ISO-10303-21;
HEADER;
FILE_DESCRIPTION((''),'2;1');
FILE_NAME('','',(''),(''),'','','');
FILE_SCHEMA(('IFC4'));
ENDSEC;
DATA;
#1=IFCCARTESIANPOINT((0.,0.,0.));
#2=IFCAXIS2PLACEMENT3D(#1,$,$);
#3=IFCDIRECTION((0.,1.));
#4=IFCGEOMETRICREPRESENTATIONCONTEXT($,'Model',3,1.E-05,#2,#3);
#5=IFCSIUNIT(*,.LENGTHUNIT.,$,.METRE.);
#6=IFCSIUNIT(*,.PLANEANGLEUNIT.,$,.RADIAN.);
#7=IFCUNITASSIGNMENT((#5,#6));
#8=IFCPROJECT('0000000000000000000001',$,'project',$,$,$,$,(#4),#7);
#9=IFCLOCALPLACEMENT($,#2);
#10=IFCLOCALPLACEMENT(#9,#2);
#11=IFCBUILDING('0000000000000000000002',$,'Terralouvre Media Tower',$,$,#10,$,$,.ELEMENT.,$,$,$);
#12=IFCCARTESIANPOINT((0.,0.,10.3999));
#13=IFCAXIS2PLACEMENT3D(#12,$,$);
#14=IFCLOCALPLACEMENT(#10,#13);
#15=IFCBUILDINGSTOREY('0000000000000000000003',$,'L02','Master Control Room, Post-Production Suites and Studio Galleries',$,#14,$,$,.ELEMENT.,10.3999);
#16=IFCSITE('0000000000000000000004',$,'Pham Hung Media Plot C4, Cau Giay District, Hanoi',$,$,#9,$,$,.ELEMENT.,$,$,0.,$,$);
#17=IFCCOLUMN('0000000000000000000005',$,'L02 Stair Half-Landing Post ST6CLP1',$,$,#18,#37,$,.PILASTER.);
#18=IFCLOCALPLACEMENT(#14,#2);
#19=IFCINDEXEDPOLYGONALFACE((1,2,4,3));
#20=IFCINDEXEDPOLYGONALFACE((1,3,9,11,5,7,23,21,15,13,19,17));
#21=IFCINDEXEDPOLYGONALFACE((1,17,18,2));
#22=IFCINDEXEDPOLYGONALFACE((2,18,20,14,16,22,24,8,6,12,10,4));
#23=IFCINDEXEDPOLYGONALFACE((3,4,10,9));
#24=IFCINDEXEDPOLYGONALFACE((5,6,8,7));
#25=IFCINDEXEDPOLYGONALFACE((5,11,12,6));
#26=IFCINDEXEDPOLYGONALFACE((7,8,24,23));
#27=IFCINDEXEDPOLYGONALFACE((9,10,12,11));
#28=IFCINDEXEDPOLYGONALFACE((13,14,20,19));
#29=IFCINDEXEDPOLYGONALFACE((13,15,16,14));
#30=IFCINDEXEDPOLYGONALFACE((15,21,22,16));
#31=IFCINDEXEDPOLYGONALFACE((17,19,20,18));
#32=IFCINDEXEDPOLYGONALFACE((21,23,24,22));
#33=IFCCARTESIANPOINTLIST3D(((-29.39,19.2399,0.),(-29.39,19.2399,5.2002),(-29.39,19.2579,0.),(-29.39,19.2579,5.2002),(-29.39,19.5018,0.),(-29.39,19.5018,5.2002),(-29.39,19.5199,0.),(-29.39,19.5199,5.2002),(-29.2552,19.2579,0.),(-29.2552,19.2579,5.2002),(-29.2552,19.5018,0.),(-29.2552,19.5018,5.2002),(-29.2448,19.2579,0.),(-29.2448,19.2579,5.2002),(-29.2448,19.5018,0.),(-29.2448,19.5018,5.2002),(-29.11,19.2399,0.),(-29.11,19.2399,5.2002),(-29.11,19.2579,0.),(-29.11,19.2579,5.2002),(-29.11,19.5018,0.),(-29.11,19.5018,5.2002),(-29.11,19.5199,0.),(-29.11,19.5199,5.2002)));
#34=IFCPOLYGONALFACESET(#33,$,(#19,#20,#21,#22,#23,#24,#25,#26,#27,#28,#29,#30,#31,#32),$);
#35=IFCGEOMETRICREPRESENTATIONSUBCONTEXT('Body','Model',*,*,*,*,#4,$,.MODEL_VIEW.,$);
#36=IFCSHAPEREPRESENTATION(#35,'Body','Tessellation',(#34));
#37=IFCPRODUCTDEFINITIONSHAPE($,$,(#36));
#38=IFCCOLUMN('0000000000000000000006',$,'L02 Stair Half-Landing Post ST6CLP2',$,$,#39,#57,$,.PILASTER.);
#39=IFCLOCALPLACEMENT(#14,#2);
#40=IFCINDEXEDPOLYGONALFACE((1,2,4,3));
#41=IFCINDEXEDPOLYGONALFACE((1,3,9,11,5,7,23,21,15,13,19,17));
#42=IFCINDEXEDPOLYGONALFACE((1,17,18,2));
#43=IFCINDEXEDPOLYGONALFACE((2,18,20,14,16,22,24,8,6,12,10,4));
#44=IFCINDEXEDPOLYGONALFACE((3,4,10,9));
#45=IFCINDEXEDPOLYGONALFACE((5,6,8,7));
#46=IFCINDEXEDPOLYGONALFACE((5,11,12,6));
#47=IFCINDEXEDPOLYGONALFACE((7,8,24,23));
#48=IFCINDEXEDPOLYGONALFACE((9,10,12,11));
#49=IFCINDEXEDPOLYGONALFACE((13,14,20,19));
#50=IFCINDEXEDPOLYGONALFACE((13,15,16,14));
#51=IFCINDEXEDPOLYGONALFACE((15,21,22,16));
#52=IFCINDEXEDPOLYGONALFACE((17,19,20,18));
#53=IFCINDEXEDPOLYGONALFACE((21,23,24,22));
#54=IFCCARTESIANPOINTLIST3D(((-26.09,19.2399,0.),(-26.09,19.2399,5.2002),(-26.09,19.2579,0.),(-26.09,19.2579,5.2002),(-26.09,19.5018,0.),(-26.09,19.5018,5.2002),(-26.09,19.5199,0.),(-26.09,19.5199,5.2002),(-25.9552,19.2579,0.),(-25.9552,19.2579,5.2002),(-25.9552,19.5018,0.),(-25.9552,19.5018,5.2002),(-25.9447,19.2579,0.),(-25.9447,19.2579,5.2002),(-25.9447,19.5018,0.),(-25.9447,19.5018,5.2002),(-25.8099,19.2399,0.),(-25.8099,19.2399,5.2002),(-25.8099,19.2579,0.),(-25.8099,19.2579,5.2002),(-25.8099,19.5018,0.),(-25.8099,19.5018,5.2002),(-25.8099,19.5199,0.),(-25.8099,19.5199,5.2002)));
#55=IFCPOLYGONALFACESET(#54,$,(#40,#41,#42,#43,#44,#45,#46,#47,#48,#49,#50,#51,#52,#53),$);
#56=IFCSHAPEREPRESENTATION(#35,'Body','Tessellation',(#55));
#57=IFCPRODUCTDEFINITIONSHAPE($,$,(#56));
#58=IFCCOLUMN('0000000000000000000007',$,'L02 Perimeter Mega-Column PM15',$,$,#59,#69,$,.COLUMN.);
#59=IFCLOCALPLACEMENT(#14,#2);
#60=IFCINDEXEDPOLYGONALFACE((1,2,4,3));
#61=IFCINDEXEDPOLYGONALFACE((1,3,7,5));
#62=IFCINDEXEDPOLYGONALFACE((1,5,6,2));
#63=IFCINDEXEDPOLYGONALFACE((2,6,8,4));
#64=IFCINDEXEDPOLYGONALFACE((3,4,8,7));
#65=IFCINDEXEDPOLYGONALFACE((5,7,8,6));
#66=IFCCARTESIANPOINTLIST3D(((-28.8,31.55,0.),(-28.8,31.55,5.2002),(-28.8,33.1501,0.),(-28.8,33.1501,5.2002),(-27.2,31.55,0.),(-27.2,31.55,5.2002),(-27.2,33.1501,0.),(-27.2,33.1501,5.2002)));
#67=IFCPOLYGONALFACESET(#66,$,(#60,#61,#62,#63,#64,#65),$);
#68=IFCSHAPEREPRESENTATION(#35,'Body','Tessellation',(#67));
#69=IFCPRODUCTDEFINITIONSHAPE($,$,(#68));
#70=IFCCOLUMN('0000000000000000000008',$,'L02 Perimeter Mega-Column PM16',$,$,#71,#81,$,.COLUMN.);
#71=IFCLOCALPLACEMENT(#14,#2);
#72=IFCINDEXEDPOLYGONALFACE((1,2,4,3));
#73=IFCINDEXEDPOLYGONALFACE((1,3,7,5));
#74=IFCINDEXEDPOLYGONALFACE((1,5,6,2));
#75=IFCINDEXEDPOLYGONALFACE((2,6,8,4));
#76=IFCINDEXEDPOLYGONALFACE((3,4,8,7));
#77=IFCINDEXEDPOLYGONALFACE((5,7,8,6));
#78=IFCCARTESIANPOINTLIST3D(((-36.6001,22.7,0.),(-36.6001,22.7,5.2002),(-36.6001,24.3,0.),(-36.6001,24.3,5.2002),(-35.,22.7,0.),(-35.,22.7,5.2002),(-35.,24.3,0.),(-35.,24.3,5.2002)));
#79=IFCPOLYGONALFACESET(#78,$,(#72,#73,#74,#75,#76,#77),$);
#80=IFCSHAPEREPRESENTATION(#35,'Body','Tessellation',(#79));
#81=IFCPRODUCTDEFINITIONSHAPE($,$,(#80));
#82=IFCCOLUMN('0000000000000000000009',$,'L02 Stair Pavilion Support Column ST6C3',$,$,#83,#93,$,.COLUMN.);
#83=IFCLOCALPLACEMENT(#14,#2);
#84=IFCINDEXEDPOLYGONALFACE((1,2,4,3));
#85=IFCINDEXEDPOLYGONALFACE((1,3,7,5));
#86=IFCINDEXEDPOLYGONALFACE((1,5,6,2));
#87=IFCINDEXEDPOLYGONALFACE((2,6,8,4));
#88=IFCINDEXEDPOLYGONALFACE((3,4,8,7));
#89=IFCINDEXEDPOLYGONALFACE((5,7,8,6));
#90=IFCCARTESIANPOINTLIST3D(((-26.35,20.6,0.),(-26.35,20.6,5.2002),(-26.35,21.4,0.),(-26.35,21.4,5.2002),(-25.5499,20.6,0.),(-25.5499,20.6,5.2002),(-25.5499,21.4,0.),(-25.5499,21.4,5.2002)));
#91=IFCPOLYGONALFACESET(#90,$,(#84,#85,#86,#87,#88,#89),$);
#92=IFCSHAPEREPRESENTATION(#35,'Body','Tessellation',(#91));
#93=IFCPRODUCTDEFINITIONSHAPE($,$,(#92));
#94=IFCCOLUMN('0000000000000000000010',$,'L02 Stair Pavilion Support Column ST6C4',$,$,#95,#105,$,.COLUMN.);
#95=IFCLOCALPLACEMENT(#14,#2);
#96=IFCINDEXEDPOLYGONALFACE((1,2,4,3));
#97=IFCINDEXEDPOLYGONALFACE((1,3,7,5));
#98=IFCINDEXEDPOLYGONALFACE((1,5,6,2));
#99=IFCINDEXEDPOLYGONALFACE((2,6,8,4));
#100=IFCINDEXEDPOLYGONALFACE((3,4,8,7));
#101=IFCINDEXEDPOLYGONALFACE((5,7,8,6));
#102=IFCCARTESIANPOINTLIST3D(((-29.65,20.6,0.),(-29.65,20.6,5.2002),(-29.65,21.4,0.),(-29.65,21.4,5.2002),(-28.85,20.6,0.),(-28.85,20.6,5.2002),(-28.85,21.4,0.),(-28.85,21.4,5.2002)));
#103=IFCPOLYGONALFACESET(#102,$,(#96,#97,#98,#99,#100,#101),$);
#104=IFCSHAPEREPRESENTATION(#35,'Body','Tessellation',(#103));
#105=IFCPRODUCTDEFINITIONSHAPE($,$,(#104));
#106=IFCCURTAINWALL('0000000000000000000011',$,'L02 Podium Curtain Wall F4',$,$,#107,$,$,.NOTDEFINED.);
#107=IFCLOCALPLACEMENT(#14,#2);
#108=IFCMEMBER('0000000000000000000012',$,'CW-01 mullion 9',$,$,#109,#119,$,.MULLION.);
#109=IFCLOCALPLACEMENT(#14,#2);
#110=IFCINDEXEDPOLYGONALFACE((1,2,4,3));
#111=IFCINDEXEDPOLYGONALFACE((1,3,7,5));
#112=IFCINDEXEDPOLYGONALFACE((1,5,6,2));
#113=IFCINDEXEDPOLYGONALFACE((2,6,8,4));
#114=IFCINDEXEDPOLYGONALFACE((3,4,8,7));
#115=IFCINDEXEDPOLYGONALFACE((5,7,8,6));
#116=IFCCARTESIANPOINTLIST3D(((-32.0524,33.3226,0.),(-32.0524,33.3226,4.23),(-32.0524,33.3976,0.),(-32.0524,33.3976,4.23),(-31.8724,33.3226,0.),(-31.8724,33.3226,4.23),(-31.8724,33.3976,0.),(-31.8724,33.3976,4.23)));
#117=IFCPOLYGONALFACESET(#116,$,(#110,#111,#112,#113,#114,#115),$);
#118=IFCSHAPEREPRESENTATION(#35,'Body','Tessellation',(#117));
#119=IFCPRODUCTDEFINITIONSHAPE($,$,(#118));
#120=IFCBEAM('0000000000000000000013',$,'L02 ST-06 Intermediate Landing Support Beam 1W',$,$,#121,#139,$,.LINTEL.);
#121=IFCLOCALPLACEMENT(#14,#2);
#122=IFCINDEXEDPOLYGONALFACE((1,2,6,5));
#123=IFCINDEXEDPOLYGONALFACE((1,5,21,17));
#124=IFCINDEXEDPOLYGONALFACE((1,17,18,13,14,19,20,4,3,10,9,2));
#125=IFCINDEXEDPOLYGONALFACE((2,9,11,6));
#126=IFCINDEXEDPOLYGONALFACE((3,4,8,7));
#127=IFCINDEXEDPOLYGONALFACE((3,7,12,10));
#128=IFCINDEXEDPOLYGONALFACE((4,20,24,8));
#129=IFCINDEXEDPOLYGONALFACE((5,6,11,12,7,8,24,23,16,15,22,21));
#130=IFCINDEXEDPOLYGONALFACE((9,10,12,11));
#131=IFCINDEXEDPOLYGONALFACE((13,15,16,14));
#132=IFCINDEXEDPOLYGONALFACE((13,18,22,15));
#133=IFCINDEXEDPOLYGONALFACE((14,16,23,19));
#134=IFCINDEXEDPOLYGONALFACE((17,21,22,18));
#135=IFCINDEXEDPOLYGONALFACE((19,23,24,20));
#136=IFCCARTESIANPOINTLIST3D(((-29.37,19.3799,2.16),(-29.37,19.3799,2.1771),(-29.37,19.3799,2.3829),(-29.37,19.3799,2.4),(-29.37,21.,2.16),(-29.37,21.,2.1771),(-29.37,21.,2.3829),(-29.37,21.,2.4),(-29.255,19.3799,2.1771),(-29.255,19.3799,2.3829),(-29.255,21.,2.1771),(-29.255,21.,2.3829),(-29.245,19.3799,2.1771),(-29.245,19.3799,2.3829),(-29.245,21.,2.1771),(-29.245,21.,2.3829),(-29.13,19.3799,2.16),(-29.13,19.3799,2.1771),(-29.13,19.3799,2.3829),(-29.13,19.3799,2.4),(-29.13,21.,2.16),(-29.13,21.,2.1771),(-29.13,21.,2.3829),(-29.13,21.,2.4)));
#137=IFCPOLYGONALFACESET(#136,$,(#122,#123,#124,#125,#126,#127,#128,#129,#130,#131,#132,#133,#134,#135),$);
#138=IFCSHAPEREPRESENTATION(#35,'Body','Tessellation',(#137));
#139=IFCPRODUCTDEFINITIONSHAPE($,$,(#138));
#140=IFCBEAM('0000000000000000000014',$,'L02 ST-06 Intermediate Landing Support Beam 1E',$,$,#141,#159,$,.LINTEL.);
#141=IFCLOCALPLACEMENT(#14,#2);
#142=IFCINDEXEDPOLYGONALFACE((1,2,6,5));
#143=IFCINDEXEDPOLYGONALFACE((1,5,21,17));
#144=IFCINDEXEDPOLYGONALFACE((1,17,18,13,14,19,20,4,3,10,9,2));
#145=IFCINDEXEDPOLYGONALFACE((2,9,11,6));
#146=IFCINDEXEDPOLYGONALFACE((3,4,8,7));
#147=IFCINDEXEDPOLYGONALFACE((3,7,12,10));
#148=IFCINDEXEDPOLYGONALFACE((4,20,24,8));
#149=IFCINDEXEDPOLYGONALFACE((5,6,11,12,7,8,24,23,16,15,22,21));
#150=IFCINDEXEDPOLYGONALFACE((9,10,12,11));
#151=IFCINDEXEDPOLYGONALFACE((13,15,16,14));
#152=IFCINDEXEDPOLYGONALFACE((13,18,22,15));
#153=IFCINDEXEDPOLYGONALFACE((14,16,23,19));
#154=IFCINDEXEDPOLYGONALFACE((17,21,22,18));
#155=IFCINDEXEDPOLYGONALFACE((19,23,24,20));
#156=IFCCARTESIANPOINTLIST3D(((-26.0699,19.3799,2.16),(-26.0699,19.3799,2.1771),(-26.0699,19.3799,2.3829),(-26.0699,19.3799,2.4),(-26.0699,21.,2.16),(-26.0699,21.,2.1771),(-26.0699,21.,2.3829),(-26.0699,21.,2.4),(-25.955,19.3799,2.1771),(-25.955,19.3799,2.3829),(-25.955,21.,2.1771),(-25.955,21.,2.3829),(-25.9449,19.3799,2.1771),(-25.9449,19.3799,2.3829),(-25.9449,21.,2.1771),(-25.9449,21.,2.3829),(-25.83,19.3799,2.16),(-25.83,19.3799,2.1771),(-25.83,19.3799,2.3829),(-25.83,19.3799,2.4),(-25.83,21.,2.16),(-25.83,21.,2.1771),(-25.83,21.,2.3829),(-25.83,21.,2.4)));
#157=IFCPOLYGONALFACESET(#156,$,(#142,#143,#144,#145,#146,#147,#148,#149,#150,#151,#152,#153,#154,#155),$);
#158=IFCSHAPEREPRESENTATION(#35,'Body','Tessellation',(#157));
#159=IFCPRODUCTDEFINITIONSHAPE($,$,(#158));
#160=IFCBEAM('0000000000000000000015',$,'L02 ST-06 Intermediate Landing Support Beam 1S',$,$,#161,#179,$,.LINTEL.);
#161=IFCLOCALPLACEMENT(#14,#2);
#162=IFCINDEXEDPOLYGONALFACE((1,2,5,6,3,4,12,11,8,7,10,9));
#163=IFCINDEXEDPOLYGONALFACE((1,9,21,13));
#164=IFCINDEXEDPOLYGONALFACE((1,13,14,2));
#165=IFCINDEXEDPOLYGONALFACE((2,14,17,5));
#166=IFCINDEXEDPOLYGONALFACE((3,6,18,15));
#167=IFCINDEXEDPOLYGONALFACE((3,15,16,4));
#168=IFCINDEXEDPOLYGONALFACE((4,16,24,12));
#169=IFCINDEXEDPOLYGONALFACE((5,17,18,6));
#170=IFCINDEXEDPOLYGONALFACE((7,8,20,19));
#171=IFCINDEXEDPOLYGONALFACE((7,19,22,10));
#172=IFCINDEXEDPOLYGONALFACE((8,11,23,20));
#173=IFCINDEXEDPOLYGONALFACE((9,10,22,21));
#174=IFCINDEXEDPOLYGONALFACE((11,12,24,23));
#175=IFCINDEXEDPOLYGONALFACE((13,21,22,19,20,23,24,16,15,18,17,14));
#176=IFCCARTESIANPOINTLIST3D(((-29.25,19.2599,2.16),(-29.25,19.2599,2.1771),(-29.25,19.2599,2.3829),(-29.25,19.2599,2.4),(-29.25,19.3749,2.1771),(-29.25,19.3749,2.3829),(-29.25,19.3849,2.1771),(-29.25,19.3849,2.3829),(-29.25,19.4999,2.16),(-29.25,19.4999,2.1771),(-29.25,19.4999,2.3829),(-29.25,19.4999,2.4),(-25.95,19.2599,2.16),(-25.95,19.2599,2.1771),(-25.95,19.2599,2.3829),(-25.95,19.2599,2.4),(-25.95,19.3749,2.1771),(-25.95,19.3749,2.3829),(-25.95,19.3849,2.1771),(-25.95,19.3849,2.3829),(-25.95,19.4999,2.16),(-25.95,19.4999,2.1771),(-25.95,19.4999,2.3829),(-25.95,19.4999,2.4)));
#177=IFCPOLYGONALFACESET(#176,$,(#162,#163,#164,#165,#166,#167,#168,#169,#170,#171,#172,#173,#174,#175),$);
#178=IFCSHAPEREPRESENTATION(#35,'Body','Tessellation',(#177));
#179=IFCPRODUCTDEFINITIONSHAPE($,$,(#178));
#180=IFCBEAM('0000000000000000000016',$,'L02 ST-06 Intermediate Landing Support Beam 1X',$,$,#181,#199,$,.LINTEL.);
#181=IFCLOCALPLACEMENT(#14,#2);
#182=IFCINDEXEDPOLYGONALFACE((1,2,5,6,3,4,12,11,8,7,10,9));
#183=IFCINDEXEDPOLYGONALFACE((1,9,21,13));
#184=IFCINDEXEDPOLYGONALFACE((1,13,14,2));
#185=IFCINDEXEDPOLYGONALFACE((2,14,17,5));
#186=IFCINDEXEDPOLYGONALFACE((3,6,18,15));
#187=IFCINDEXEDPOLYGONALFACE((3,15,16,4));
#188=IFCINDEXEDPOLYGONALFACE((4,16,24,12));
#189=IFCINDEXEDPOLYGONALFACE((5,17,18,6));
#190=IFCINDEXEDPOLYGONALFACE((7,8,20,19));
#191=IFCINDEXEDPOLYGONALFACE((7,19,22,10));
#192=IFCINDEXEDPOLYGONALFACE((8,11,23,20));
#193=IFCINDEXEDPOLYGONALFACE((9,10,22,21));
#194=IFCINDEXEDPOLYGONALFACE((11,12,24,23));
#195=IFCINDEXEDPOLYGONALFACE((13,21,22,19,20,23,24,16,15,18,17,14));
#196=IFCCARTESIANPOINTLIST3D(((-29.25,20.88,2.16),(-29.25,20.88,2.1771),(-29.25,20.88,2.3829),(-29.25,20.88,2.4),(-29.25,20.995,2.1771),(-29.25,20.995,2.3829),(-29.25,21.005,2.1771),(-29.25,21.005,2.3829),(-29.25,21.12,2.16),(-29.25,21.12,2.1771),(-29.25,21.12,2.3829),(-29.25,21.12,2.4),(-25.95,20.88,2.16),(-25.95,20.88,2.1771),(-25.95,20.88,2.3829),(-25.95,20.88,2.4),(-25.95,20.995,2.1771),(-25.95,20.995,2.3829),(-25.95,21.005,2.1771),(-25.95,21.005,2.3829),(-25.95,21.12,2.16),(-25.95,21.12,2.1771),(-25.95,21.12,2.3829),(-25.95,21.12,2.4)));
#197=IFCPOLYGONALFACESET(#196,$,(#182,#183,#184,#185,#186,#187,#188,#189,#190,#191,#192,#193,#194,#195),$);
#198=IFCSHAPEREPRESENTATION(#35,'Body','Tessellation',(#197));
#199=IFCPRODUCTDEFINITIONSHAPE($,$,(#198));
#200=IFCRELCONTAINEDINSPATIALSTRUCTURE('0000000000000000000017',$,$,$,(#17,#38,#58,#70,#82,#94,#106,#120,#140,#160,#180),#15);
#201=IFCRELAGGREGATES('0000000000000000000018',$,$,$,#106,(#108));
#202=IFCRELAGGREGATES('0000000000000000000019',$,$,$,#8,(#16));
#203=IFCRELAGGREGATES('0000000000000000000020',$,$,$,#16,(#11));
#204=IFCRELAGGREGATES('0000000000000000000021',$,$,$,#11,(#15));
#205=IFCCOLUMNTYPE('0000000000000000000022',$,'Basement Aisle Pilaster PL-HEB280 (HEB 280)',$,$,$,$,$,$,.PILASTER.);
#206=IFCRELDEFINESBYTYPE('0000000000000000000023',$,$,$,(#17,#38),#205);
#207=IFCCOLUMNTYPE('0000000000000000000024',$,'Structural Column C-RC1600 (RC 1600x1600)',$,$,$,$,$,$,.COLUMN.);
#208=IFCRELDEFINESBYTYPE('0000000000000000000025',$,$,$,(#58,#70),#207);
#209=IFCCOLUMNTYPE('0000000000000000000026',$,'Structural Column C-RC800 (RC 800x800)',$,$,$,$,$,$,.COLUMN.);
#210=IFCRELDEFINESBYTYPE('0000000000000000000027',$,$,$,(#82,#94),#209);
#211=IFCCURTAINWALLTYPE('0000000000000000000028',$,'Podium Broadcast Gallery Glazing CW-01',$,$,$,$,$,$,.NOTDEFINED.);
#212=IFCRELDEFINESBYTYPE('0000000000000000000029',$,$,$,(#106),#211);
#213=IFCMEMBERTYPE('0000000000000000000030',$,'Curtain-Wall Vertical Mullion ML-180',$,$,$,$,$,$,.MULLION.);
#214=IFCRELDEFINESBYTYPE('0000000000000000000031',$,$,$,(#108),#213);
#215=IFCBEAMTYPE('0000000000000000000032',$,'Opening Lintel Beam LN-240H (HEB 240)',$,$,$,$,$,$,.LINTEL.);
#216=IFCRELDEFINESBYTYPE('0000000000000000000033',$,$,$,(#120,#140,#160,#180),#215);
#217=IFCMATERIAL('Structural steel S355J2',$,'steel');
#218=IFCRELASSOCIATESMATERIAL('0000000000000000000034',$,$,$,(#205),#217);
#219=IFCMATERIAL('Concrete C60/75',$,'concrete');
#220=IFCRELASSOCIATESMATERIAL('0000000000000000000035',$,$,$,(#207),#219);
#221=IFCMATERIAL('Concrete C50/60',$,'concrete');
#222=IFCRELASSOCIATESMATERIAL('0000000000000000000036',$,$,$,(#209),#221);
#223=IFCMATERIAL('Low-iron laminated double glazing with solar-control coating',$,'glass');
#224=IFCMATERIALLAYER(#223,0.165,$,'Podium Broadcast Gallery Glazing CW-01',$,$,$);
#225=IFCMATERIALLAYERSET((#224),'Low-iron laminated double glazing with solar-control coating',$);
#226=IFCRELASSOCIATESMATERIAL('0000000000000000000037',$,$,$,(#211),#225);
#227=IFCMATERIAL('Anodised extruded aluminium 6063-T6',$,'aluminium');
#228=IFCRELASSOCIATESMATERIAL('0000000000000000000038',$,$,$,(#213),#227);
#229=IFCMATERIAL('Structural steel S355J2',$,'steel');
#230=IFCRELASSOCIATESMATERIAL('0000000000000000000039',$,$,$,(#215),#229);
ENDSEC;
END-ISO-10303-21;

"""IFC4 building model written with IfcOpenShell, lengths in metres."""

from ifc_helpers import new_model, si_unit, direction, frame, origin, origin_2d, place, context, subcontext, project, spatial, rectangle, i_section, extrude, material, layer, layer_set, material_profile, profile_set, type_object, element, aggregate, save


model = new_model("IFC4")

# Units and contexts
model_context = context("Model", 3, precision=1e-05, world=origin(), true_north=direction((0.0, 1.0)))
body_context = subcontext(model_context, "Body", "Model", "MODEL_VIEW")
ifc_project = project(units=[si_unit("LENGTHUNIT", "METRE"), si_unit("PLANEANGLEUNIT", "RADIAN")], contexts=[model_context])

# Site, building, storey
site_placement = place(None, origin())
site = spatial("IfcSite", under=ifc_project, at=site_placement, Name="Pham Hung Media Plot C4, Cau Giay District, Hanoi", CompositionType="ELEMENT", RefElevation=0.0)
building_placement = place(site_placement, origin())
building = spatial("IfcBuilding", under=site, at=building_placement, Name="Terralouvre Media Tower", CompositionType="ELEMENT")
storey_placement = place(building_placement, frame((0.0, 0.0, 10.3999)))
storey = spatial("IfcBuildingStorey", under=building, at=storey_placement, Name="L02", Description="Master Control Room, Post-Production Suites and Studio Galleries", CompositionType="ELEMENT", Elevation=10.3999)

# Columns
ifc_material_1 = material(Name="Structural steel S355J2", Category="steel")
ifc_material_profile_1 = material_profile(ifc_material_1, i_section(OverallWidth=0.28, OverallDepth=0.28, WebThickness=0.0105, FlangeThickness=0.0181, at=origin_2d()), Name="HEB 280")
ifc_profile_set_1 = profile_set([ifc_material_profile_1], Name="Structural steel S355J2")
column_type_1 = type_object("IfcColumnType", Name="Basement Aisle Pilaster PL-HEB280 (HEB 280)", PredefinedType="PILASTER", material=ifc_profile_set_1)
for number, where, z_axis, x_axis, name in (
    (1, (-29.25, 19.3799, 0.0), (0.0, 0.0, 1.0), (1.0, 0.0, 0.0), "L02 Stair Half-Landing Post ST6CLP1"),
    (2, (-25.95, 19.3799, 0.0), (0.0, 0.0, 1.0), (1.0, 0.0, 0.0), "L02 Stair Half-Landing Post ST6CLP2"),
):
    element("IfcColumn", number, at=place(storey_placement, frame(where, z_axis=z_axis, x_axis=x_axis)), inside=storey, type_object=column_type_1, Name=name, PredefinedType="PILASTER", context=body_context, shape_type="SweptSolid", body=[
        extrude(i_section(OverallWidth=0.28, OverallDepth=0.28, WebThickness=0.0105, FlangeThickness=0.0181, at=origin_2d()), origin(), (0.0, 0.0, 1.0), 5.2002),
    ])
ifc_material_2 = material(Name="Concrete C60/75", Category="concrete")
ifc_material_profile_2 = material_profile(ifc_material_2, rectangle(XDim=1.6001, YDim=1.6001, at=origin_2d()), Name="RC 1600x1600")
ifc_profile_set_2 = profile_set([ifc_material_profile_2], Name="Concrete C60/75")
column_type_2 = type_object("IfcColumnType", Name="Structural Column C-RC1600 (RC 1600x1600)", PredefinedType="COLUMN", material=ifc_profile_set_2)
for number, where, z_axis, x_axis, name in (
    (3, (-28.0, 32.3501, 0.0), (0.0, 0.0, 1.0), (1.0, 0.0, 0.0), "L02 Perimeter Mega-Column PM15"),
    (4, (-35.8, 23.5, 0.0), (0.0, 0.0, 1.0), (1.0, 0.0, 0.0), "L02 Perimeter Mega-Column PM16"),
):
    element("IfcColumn", number, at=place(storey_placement, frame(where, z_axis=z_axis, x_axis=x_axis)), inside=storey, type_object=column_type_2, Name=name, PredefinedType="COLUMN", context=body_context, shape_type="SweptSolid", body=[
        extrude(rectangle(XDim=1.6001, YDim=1.6001, at=origin_2d()), origin(), (0.0, 0.0, 1.0), 5.2002),
    ])
ifc_material_3 = material(Name="Concrete C50/60", Category="concrete")
ifc_material_profile_3 = material_profile(ifc_material_3, rectangle(XDim=0.8, YDim=0.8, at=origin_2d()), Name="RC 800x800")
ifc_profile_set_3 = profile_set([ifc_material_profile_3], Name="Concrete C50/60")
column_type_3 = type_object("IfcColumnType", Name="Structural Column C-RC800 (RC 800x800)", PredefinedType="COLUMN", material=ifc_profile_set_3)
for number, where, z_axis, x_axis, name in (
    (5, (-25.95, 21.0, 0.0), (0.0, 0.0, 1.0), (1.0, 0.0, 0.0), "L02 Stair Pavilion Support Column ST6C3"),
    (6, (-29.25, 21.0, 0.0), (0.0, 0.0, 1.0), (1.0, 0.0, 0.0), "L02 Stair Pavilion Support Column ST6C4"),
):
    element("IfcColumn", number, at=place(storey_placement, frame(where, z_axis=z_axis, x_axis=x_axis)), inside=storey, type_object=column_type_3, Name=name, PredefinedType="COLUMN", context=body_context, shape_type="SweptSolid", body=[
        extrude(rectangle(XDim=0.8, YDim=0.8, at=origin_2d()), origin(), (0.0, 0.0, 1.0), 5.2002),
    ])

# Curtain wall, member
ifc_material_4 = material(Name="Low-iron laminated double glazing with solar-control coating", Category="glass")
ifc_layer_1 = layer(ifc_material_4, 0.165, Name="Podium Broadcast Gallery Glazing CW-01")
ifc_layer_set_1 = layer_set([ifc_layer_1], Name="Low-iron laminated double glazing with solar-control coating")
curtain_wall_type = type_object("IfcCurtainWallType", Name="Podium Broadcast Gallery Glazing CW-01", PredefinedType="NOTDEFINED", material=ifc_layer_set_1)
curtain_wall_placement = place(storey_placement, origin())
curtain_wall = element("IfcCurtainWall", 7, at=curtain_wall_placement, inside=storey, type_object=curtain_wall_type, Name="L02 Podium Curtain Wall F4", PredefinedType="NOTDEFINED")
ifc_material_5 = material(Name="Anodised extruded aluminium 6063-T6", Category="aluminium")
ifc_material_profile_4 = material_profile(ifc_material_5, rectangle(XDim=0.075, YDim=0.1799, at=origin_2d()), Name="ALU 75x180")
ifc_profile_set_4 = profile_set([ifc_material_profile_4], Name="Anodised extruded aluminium 6063-T6")
member_type = type_object("IfcMemberType", Name="Curtain-Wall Vertical Mullion ML-180", PredefinedType="MULLION", material=ifc_profile_set_4)
member_placement = place(storey_placement, frame((-31.9624, 33.3601, 0.0), z_axis=(0.0, 0.0, 1.0), x_axis=(0.0, -1.0, 0.0)))
member = element("IfcMember", 8, at=member_placement, type_object=member_type, Name="CW-01 mullion 9", PredefinedType="MULLION", context=body_context, shape_type="SweptSolid", body=[
    extrude(rectangle(XDim=0.075, YDim=0.1799, at=origin_2d()), origin(), (0.0, 0.0, 1.0), 4.23),
])

# Beams
ifc_material_6 = material(Name="Structural steel S355J2", Category="steel")
ifc_material_profile_5 = material_profile(ifc_material_6, i_section(OverallWidth=0.24, OverallDepth=0.24, WebThickness=0.01, FlangeThickness=0.0171, at=origin_2d()), Name="HEB 240")
ifc_profile_set_5 = profile_set([ifc_material_profile_5], Name="Structural steel S355J2")
beam_type_1 = type_object("IfcBeamType", Name="Opening Lintel Beam LN-240H (HEB 240)", PredefinedType="LINTEL", material=ifc_profile_set_5)
for number, where, z_axis, x_axis, name in (
    (9, (-29.25, 19.3799, 2.28), (0.0, 1.0, 0.0), (-1.0, 0.0, 0.0), "L02 ST-06 Intermediate Landing Support Beam 1W"),
    (10, (-25.95, 19.3799, 2.28), (0.0, 1.0, 0.0), (-1.0, 0.0, 0.0), "L02 ST-06 Intermediate Landing Support Beam 1E"),
):
    element("IfcBeam", number, at=place(storey_placement, frame(where, z_axis=z_axis, x_axis=x_axis)), inside=storey, type_object=beam_type_1, Name=name, PredefinedType="LINTEL", context=body_context, shape_type="SweptSolid", body=[
        extrude(i_section(OverallWidth=0.24, OverallDepth=0.24, WebThickness=0.01, FlangeThickness=0.0171, at=origin_2d()), origin(), (0.0, 0.0, 1.0), 1.6201),
    ])
for number, where, z_axis, x_axis, name in (
    (11, (-29.25, 19.3799, 2.28), (1.0, 0.0, 0.0), (0.0, 1.0, 0.0), "L02 ST-06 Intermediate Landing Support Beam 1S"),
    (12, (-29.25, 21.0, 2.28), (1.0, 0.0, 0.0), (0.0, 1.0, 0.0), "L02 ST-06 Intermediate Landing Support Beam 1X"),
):
    element("IfcBeam", number, at=place(storey_placement, frame(where, z_axis=z_axis, x_axis=x_axis)), inside=storey, type_object=beam_type_1, Name=name, PredefinedType="LINTEL", context=body_context, shape_type="SweptSolid", body=[
        extrude(i_section(OverallWidth=0.24, OverallDepth=0.24, WebThickness=0.01, FlangeThickness=0.0171, at=origin_2d()), origin(), (0.0, 0.0, 1.0), 3.3),
    ])

aggregate(curtain_wall, [member])

save(model, "model.ifc")
